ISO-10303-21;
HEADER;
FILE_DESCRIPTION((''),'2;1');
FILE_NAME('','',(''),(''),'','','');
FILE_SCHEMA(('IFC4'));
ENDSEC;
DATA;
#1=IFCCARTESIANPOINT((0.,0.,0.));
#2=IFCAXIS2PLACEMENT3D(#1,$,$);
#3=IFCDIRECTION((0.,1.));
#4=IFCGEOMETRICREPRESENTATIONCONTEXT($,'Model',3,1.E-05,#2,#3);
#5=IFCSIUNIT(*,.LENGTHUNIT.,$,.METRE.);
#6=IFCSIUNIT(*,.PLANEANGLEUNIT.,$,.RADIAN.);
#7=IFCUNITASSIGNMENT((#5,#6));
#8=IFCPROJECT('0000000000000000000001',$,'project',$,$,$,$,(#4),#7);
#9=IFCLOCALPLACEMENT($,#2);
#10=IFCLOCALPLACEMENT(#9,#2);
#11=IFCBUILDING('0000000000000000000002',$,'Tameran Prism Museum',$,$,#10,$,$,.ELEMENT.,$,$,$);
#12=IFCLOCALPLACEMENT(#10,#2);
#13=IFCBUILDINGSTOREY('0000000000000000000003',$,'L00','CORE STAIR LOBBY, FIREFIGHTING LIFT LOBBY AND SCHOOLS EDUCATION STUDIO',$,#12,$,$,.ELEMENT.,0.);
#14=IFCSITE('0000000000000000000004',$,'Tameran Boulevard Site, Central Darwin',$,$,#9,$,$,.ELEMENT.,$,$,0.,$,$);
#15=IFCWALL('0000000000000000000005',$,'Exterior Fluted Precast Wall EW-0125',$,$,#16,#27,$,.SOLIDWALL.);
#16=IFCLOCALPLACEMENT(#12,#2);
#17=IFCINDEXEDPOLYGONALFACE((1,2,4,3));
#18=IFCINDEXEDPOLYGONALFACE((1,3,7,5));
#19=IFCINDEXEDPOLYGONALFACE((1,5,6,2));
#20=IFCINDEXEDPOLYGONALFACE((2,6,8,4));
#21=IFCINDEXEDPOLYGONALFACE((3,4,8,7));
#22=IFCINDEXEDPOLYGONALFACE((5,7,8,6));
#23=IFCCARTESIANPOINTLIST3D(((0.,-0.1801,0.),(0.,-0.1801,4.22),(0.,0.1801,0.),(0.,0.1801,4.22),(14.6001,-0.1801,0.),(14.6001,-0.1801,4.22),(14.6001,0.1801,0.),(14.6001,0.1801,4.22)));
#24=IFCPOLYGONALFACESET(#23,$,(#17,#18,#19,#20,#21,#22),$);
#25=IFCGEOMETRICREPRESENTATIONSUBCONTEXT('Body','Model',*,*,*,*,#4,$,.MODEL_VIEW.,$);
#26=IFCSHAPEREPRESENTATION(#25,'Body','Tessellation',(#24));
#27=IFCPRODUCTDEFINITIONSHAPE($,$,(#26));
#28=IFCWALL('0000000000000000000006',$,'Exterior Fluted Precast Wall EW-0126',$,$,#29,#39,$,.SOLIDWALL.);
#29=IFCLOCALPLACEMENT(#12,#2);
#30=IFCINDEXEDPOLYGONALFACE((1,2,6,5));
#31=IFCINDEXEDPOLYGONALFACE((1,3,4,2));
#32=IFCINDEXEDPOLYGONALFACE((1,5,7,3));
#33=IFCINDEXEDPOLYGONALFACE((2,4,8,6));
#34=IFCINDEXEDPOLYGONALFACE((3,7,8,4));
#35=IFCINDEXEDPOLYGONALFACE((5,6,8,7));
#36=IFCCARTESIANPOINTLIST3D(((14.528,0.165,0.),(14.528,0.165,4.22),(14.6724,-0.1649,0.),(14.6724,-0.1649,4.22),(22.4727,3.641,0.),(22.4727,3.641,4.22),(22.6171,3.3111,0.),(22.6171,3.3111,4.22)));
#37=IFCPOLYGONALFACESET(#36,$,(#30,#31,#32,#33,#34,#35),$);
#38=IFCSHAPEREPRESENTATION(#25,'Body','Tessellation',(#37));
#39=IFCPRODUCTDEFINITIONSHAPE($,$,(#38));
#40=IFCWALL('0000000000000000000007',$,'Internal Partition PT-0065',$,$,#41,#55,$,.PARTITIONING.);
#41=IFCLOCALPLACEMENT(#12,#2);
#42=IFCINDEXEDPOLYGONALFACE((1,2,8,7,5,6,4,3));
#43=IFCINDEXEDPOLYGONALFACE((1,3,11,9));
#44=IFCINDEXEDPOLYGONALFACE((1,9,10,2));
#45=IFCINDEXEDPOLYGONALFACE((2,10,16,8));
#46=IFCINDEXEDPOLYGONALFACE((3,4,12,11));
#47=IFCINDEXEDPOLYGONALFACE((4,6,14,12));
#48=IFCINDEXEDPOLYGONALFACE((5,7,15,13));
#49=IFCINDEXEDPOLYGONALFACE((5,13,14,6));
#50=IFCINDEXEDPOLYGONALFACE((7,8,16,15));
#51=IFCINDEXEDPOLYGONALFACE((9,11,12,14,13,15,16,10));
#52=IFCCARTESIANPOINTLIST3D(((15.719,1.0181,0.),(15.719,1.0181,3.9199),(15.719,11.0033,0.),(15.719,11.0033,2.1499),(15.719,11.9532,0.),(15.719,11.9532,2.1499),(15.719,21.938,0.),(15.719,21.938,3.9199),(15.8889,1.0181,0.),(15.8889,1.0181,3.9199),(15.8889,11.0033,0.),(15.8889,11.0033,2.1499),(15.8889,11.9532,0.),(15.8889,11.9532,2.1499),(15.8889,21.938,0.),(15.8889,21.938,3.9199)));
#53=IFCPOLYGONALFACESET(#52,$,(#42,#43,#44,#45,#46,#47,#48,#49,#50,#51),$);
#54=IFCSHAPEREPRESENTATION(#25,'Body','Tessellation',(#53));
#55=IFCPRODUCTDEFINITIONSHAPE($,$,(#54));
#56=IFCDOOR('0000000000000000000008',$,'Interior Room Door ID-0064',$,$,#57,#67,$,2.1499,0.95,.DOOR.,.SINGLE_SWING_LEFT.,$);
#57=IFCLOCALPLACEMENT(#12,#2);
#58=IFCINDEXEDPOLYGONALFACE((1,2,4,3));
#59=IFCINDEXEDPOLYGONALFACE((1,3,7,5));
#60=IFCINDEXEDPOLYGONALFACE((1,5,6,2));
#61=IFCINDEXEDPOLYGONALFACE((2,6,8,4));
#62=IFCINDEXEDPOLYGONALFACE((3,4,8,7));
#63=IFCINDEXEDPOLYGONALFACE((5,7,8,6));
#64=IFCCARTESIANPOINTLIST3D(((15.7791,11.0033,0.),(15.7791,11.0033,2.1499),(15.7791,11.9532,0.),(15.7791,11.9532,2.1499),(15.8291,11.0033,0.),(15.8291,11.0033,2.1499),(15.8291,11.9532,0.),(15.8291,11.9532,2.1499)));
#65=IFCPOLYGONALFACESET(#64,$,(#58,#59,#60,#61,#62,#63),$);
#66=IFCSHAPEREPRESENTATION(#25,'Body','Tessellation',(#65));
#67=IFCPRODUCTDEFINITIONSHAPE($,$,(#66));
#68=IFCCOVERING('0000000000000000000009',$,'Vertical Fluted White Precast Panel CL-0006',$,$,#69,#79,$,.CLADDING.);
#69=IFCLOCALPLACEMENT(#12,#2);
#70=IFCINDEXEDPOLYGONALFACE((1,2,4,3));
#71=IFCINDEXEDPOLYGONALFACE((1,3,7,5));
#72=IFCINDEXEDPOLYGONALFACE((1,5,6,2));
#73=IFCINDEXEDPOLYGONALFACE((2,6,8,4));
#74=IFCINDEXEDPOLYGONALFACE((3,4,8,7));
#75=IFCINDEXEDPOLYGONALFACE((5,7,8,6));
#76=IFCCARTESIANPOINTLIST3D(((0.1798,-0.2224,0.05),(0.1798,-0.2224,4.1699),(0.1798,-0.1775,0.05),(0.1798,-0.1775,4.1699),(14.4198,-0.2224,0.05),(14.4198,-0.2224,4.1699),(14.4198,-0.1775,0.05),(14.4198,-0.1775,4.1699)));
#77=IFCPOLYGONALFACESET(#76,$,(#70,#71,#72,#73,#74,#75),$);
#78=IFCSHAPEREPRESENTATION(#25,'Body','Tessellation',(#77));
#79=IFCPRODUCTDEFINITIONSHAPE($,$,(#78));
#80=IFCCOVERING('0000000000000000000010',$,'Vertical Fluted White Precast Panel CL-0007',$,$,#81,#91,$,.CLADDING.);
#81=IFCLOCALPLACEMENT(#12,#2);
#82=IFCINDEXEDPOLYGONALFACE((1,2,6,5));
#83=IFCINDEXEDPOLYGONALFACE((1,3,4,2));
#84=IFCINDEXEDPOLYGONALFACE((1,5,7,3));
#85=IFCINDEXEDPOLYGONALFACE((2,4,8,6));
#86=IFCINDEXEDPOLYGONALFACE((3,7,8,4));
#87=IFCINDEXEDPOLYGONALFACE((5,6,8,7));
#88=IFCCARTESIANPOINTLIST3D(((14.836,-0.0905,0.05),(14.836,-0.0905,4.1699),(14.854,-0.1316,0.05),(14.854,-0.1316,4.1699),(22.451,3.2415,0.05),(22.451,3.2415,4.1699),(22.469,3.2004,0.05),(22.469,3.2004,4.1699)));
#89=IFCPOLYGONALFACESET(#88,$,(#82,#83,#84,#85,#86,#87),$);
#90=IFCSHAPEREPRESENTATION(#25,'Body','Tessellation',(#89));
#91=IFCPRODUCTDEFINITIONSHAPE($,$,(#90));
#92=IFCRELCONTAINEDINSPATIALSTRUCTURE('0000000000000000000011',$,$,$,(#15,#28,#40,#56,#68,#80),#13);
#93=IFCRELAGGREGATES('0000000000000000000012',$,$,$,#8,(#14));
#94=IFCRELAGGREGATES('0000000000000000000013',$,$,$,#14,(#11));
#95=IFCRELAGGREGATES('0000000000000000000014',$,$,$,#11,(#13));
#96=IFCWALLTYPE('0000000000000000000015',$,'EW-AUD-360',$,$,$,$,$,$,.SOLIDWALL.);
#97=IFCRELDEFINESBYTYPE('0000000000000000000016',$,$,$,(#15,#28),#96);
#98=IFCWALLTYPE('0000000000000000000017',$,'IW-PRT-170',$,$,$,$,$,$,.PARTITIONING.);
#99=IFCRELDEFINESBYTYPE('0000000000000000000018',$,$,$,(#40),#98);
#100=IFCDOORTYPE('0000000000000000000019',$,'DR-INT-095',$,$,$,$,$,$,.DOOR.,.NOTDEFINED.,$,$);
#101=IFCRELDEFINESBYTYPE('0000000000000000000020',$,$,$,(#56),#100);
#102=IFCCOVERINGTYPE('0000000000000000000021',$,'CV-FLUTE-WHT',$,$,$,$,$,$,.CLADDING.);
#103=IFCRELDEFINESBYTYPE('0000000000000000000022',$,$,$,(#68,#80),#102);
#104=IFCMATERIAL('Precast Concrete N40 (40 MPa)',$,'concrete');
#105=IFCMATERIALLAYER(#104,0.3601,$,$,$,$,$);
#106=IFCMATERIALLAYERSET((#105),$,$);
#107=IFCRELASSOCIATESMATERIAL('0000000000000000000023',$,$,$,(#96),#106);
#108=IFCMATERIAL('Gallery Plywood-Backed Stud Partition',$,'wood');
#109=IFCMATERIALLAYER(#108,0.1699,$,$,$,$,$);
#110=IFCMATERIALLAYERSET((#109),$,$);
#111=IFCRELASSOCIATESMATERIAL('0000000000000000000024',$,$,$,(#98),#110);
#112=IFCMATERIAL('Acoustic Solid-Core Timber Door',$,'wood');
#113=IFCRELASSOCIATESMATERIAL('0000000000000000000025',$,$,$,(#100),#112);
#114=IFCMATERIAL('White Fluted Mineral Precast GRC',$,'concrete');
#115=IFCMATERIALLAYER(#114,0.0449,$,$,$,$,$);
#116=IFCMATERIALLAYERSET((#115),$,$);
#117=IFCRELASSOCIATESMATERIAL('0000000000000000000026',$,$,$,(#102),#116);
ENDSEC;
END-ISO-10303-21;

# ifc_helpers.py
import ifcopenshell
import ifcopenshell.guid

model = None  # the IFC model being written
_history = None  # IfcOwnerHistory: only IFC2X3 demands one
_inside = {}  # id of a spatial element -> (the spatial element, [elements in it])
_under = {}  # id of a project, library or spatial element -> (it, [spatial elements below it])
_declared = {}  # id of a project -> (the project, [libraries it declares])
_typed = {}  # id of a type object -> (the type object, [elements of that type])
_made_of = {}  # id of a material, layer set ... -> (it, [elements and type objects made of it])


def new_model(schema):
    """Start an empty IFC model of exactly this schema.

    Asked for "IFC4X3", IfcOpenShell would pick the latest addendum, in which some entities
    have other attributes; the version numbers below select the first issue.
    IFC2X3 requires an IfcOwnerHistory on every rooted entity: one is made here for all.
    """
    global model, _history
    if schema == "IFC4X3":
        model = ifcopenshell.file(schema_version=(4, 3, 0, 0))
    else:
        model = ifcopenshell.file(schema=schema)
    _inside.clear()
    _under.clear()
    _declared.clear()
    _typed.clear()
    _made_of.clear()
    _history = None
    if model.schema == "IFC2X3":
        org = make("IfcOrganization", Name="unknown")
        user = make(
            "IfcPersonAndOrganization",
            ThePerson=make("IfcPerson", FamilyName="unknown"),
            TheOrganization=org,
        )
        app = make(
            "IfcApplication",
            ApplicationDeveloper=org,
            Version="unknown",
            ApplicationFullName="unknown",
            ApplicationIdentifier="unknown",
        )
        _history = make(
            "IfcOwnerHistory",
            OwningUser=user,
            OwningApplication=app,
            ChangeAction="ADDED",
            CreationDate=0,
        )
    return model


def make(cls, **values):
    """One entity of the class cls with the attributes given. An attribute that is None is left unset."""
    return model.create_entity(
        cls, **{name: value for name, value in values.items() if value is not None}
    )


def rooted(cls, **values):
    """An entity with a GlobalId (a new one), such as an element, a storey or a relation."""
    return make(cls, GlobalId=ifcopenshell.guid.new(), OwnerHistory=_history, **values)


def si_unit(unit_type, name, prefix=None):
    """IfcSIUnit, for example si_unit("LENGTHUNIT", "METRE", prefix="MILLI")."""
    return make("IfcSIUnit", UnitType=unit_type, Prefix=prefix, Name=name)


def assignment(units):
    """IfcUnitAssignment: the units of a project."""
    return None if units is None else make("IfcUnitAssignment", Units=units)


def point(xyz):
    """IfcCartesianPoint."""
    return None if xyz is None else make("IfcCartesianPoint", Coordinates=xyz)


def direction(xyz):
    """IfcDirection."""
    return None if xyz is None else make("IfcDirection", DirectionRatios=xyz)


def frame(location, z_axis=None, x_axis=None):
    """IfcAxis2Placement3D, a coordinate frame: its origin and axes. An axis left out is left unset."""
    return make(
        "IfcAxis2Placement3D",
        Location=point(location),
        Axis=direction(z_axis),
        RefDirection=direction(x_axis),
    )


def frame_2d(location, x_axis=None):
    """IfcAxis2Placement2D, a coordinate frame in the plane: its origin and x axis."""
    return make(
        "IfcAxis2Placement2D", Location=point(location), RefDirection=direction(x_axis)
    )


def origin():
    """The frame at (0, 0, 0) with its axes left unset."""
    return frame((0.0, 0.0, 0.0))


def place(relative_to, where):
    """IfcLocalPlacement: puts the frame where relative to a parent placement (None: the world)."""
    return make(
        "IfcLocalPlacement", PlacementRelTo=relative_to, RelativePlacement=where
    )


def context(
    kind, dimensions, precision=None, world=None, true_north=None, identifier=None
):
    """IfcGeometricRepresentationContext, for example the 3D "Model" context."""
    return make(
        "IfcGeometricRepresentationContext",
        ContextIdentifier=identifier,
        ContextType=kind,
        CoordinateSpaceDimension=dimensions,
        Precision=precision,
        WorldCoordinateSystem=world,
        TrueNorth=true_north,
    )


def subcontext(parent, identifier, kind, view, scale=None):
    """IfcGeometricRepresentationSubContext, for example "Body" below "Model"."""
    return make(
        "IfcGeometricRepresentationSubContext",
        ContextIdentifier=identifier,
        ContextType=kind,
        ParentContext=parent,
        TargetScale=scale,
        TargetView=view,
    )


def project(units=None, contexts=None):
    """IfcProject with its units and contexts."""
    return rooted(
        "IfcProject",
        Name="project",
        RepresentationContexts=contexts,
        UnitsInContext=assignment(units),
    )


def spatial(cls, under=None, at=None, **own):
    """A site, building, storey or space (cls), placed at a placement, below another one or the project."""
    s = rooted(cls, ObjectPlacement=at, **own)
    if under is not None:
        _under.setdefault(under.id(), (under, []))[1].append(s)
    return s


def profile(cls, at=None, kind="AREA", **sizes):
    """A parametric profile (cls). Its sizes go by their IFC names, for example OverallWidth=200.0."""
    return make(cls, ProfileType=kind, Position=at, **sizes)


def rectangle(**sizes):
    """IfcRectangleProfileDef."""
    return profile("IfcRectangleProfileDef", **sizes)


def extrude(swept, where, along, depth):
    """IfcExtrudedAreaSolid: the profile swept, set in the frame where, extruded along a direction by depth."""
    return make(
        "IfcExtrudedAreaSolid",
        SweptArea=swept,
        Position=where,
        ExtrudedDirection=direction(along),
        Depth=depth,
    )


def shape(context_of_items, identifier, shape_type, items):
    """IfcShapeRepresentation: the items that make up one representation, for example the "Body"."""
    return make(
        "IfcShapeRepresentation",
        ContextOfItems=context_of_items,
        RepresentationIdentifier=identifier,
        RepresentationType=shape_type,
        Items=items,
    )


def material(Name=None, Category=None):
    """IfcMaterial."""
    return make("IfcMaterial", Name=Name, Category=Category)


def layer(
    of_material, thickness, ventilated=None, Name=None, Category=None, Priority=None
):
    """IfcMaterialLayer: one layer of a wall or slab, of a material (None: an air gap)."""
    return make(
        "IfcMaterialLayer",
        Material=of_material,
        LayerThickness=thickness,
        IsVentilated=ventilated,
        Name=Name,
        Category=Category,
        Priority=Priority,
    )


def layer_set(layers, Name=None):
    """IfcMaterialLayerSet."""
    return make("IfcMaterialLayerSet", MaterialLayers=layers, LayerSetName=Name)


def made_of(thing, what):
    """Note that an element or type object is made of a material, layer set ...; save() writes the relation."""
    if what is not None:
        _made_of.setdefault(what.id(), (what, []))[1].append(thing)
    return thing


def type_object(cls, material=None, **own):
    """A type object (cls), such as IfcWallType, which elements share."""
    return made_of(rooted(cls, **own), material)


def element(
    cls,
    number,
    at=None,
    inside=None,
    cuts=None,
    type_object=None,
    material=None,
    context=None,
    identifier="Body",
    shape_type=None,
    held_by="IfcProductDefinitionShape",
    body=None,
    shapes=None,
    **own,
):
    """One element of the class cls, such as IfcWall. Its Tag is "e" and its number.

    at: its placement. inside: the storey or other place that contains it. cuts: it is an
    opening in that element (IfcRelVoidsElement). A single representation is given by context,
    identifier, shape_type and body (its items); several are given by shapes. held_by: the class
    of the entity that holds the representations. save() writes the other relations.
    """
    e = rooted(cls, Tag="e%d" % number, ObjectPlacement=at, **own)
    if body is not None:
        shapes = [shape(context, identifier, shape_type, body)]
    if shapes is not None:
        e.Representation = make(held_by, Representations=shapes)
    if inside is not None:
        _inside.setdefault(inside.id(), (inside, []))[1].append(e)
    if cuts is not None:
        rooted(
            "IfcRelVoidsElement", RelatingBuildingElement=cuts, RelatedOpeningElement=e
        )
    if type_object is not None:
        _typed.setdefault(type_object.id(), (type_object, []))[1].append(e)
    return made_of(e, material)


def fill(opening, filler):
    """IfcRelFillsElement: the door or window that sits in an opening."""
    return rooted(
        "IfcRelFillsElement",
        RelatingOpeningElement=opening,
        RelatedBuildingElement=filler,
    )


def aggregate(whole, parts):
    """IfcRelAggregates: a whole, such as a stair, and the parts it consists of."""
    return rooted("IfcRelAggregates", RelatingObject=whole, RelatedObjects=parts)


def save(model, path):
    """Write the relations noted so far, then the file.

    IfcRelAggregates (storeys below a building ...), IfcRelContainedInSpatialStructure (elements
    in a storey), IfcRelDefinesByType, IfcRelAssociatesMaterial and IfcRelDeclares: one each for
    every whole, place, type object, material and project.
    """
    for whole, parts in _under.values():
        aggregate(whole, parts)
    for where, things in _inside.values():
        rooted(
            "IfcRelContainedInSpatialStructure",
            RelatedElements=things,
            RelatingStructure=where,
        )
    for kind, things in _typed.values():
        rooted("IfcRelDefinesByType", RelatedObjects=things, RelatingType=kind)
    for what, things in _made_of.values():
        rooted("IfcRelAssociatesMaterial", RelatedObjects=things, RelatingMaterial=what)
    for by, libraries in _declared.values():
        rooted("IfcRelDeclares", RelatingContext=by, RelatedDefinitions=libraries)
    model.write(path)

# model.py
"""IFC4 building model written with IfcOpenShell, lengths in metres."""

from ifc_helpers import new_model, si_unit, direction, frame, frame_2d, origin, place, context, subcontext, project, spatial, rectangle, extrude, material, layer, layer_set, type_object, element, fill, save


model = new_model("IFC4")

# Units and contexts
model_context = context("Model", 3, precision=1e-05, world=origin(), true_north=direction((0.0, 1.0)))
body_context = subcontext(model_context, "Body", "Model", "MODEL_VIEW")
ifc_project = project(units=[si_unit("LENGTHUNIT", "METRE"), si_unit("PLANEANGLEUNIT", "RADIAN")], contexts=[model_context])

# Site, building, storey
site_placement = place(None, origin())
site = spatial("IfcSite", under=ifc_project, at=site_placement, Name="Tameran Boulevard Site, Central Darwin", CompositionType="ELEMENT", RefElevation=0.0)
building_placement = place(site_placement, origin())
building = spatial("IfcBuilding", under=site, at=building_placement, Name="Tameran Prism Museum", CompositionType="ELEMENT")
storey_placement = place(building_placement, origin())
storey = spatial("IfcBuildingStorey", under=building, at=storey_placement, Name="L00", Description="CORE STAIR LOBBY, FIREFIGHTING LIFT LOBBY AND SCHOOLS EDUCATION STUDIO", CompositionType="ELEMENT", Elevation=0.0)

# Walls
ifc_material_1 = material(Name="Precast Concrete N40 (40 MPa)", Category="concrete")
ifc_layer_1 = layer(ifc_material_1, 0.3601)
ifc_layer_set_1 = layer_set([ifc_layer_1])
wall_type_1 = type_object("IfcWallType", Name="EW-AUD-360", PredefinedType="SOLIDWALL", material=ifc_layer_set_1)
wall_1_placement = place(storey_placement, frame((14.6001, 0.0, 0.0), z_axis=(0.0, 0.0, 1.0), x_axis=(-1.0, 0.0, 0.0)))
element("IfcWall", 1, at=wall_1_placement, inside=storey, type_object=wall_type_1, Name="Exterior Fluted Precast Wall EW-0125", PredefinedType="SOLIDWALL", context=body_context, shape_type="SweptSolid", body=[
    extrude(rectangle(XDim=14.6001, YDim=0.3601, at=frame_2d((7.3, 0.0))), origin(), (0.0, 0.0, 1.0), 4.22),
])
wall_2_placement = place(storey_placement, frame((22.5449, 3.4761, 0.0), z_axis=(0.0, 0.0, 1.0), x_axis=(-0.916148, -0.40084, 0.0)))
element("IfcWall", 2, at=wall_2_placement, inside=storey, type_object=wall_type_1, Name="Exterior Fluted Precast Wall EW-0126", PredefinedType="SOLIDWALL", context=body_context, shape_type="SweptSolid", body=[
    extrude(rectangle(XDim=8.6719, YDim=0.3601, at=frame_2d((4.3359, 0.0))), origin(), (0.0, 0.0, 1.0), 4.22),
])

# Wall, opening, door
ifc_material_2 = material(Name="Gallery Plywood-Backed Stud Partition", Category="wood")
ifc_layer_2 = layer(ifc_material_2, 0.1699)
ifc_layer_set_2 = layer_set([ifc_layer_2])
wall_type_2 = type_object("IfcWallType", Name="IW-PRT-170", PredefinedType="PARTITIONING", material=ifc_layer_set_2)
wall_3_placement = place(storey_placement, frame((15.804, 1.0181, 0.0), z_axis=(0.0, 0.0, 1.0), x_axis=(0.0, 1.0, 0.0)))
wall_3 = element("IfcWall", 3, at=wall_3_placement, inside=storey, type_object=wall_type_2, Name="Internal Partition PT-0065", PredefinedType="PARTITIONING", context=body_context, shape_type="SweptSolid", body=[
    extrude(rectangle(XDim=20.9199, YDim=0.1699, at=frame_2d((10.46, 0.0))), origin(), (0.0, 0.0, 1.0), 3.9199),
])
opening_placement = place(wall_3_placement, frame((9.9851, 0.0, 0.0)))
opening = element("IfcOpeningElement", 4, at=opening_placement, cuts=wall_3, PredefinedType="OPENING", context=body_context, shape_type="SweptSolid", body=[
    extrude(rectangle(XDim=0.95, YDim=2.1499, at=frame_2d((0.4751, 1.075))), frame((0.0, 0.095, 0.0), z_axis=(0.0, -1.0, 0.0), x_axis=(1.0, 0.0, 0.0)), (0.0, 0.0, 1.0), 0.1899),
])
ifc_material_3 = material(Name="Acoustic Solid-Core Timber Door", Category="wood")
door_type = type_object("IfcDoorType", Name="DR-INT-095", OperationType="NOTDEFINED", PredefinedType="DOOR", material=ifc_material_3)
door_placement = place(opening_placement, origin())
door = element("IfcDoor", 5, at=door_placement, inside=storey, type_object=door_type, Name="Interior Room Door ID-0064", OperationType="SINGLE_SWING_LEFT", OverallHeight=2.1499, OverallWidth=0.95, PredefinedType="DOOR", context=body_context, shape_type="SweptSolid", body=[
    extrude(rectangle(XDim=0.95, YDim=2.1499, at=frame_2d((0.4751, 1.075))), frame((0.0, 0.0249, 0.0), z_axis=(0.0, -1.0, 0.0), x_axis=(1.0, 0.0, 0.0)), (0.0, 0.0, 1.0), 0.05),
])
fill(opening, door)

# Coverings
ifc_material_4 = material(Name="White Fluted Mineral Precast GRC", Category="concrete")
ifc_layer_3 = layer(ifc_material_4, 0.0449)
ifc_layer_set_3 = layer_set([ifc_layer_3])
covering_type = type_object("IfcCoveringType", Name="CV-FLUTE-WHT", PredefinedType="CLADDING", material=ifc_layer_set_3)
covering_1_placement = place(storey_placement, frame((14.4199, -0.2, 0.05), z_axis=(0.0, 0.0, 1.0), x_axis=(-1.0, 0.0, 0.0)))
element("IfcCovering", 6, at=covering_1_placement, inside=storey, type_object=covering_type, Name="Vertical Fluted White Precast Panel CL-0006", PredefinedType="CLADDING", context=body_context, shape_type="SweptSolid", body=[
    extrude(rectangle(XDim=14.24, YDim=0.0449, at=frame_2d((7.1201, 0.0))), origin(), (0.0, 0.0, 1.0), 4.1199),
])
covering_2_placement = place(storey_placement, frame((22.46, 3.2209, 0.05), z_axis=(0.0, 0.0, 1.0), x_axis=(-0.916136, -0.400867, 0.0)))
element("IfcCovering", 7, at=covering_2_placement, inside=storey, type_object=covering_type, Name="Vertical Fluted White Precast Panel CL-0007", PredefinedType="CLADDING", context=body_context, shape_type="SweptSolid", body=[
    extrude(rectangle(XDim=8.312, YDim=0.0449, at=frame_2d((4.156, 0.0))), origin(), (0.0, 0.0, 1.0), 4.1199),
])

save(model, "model.ifc")
